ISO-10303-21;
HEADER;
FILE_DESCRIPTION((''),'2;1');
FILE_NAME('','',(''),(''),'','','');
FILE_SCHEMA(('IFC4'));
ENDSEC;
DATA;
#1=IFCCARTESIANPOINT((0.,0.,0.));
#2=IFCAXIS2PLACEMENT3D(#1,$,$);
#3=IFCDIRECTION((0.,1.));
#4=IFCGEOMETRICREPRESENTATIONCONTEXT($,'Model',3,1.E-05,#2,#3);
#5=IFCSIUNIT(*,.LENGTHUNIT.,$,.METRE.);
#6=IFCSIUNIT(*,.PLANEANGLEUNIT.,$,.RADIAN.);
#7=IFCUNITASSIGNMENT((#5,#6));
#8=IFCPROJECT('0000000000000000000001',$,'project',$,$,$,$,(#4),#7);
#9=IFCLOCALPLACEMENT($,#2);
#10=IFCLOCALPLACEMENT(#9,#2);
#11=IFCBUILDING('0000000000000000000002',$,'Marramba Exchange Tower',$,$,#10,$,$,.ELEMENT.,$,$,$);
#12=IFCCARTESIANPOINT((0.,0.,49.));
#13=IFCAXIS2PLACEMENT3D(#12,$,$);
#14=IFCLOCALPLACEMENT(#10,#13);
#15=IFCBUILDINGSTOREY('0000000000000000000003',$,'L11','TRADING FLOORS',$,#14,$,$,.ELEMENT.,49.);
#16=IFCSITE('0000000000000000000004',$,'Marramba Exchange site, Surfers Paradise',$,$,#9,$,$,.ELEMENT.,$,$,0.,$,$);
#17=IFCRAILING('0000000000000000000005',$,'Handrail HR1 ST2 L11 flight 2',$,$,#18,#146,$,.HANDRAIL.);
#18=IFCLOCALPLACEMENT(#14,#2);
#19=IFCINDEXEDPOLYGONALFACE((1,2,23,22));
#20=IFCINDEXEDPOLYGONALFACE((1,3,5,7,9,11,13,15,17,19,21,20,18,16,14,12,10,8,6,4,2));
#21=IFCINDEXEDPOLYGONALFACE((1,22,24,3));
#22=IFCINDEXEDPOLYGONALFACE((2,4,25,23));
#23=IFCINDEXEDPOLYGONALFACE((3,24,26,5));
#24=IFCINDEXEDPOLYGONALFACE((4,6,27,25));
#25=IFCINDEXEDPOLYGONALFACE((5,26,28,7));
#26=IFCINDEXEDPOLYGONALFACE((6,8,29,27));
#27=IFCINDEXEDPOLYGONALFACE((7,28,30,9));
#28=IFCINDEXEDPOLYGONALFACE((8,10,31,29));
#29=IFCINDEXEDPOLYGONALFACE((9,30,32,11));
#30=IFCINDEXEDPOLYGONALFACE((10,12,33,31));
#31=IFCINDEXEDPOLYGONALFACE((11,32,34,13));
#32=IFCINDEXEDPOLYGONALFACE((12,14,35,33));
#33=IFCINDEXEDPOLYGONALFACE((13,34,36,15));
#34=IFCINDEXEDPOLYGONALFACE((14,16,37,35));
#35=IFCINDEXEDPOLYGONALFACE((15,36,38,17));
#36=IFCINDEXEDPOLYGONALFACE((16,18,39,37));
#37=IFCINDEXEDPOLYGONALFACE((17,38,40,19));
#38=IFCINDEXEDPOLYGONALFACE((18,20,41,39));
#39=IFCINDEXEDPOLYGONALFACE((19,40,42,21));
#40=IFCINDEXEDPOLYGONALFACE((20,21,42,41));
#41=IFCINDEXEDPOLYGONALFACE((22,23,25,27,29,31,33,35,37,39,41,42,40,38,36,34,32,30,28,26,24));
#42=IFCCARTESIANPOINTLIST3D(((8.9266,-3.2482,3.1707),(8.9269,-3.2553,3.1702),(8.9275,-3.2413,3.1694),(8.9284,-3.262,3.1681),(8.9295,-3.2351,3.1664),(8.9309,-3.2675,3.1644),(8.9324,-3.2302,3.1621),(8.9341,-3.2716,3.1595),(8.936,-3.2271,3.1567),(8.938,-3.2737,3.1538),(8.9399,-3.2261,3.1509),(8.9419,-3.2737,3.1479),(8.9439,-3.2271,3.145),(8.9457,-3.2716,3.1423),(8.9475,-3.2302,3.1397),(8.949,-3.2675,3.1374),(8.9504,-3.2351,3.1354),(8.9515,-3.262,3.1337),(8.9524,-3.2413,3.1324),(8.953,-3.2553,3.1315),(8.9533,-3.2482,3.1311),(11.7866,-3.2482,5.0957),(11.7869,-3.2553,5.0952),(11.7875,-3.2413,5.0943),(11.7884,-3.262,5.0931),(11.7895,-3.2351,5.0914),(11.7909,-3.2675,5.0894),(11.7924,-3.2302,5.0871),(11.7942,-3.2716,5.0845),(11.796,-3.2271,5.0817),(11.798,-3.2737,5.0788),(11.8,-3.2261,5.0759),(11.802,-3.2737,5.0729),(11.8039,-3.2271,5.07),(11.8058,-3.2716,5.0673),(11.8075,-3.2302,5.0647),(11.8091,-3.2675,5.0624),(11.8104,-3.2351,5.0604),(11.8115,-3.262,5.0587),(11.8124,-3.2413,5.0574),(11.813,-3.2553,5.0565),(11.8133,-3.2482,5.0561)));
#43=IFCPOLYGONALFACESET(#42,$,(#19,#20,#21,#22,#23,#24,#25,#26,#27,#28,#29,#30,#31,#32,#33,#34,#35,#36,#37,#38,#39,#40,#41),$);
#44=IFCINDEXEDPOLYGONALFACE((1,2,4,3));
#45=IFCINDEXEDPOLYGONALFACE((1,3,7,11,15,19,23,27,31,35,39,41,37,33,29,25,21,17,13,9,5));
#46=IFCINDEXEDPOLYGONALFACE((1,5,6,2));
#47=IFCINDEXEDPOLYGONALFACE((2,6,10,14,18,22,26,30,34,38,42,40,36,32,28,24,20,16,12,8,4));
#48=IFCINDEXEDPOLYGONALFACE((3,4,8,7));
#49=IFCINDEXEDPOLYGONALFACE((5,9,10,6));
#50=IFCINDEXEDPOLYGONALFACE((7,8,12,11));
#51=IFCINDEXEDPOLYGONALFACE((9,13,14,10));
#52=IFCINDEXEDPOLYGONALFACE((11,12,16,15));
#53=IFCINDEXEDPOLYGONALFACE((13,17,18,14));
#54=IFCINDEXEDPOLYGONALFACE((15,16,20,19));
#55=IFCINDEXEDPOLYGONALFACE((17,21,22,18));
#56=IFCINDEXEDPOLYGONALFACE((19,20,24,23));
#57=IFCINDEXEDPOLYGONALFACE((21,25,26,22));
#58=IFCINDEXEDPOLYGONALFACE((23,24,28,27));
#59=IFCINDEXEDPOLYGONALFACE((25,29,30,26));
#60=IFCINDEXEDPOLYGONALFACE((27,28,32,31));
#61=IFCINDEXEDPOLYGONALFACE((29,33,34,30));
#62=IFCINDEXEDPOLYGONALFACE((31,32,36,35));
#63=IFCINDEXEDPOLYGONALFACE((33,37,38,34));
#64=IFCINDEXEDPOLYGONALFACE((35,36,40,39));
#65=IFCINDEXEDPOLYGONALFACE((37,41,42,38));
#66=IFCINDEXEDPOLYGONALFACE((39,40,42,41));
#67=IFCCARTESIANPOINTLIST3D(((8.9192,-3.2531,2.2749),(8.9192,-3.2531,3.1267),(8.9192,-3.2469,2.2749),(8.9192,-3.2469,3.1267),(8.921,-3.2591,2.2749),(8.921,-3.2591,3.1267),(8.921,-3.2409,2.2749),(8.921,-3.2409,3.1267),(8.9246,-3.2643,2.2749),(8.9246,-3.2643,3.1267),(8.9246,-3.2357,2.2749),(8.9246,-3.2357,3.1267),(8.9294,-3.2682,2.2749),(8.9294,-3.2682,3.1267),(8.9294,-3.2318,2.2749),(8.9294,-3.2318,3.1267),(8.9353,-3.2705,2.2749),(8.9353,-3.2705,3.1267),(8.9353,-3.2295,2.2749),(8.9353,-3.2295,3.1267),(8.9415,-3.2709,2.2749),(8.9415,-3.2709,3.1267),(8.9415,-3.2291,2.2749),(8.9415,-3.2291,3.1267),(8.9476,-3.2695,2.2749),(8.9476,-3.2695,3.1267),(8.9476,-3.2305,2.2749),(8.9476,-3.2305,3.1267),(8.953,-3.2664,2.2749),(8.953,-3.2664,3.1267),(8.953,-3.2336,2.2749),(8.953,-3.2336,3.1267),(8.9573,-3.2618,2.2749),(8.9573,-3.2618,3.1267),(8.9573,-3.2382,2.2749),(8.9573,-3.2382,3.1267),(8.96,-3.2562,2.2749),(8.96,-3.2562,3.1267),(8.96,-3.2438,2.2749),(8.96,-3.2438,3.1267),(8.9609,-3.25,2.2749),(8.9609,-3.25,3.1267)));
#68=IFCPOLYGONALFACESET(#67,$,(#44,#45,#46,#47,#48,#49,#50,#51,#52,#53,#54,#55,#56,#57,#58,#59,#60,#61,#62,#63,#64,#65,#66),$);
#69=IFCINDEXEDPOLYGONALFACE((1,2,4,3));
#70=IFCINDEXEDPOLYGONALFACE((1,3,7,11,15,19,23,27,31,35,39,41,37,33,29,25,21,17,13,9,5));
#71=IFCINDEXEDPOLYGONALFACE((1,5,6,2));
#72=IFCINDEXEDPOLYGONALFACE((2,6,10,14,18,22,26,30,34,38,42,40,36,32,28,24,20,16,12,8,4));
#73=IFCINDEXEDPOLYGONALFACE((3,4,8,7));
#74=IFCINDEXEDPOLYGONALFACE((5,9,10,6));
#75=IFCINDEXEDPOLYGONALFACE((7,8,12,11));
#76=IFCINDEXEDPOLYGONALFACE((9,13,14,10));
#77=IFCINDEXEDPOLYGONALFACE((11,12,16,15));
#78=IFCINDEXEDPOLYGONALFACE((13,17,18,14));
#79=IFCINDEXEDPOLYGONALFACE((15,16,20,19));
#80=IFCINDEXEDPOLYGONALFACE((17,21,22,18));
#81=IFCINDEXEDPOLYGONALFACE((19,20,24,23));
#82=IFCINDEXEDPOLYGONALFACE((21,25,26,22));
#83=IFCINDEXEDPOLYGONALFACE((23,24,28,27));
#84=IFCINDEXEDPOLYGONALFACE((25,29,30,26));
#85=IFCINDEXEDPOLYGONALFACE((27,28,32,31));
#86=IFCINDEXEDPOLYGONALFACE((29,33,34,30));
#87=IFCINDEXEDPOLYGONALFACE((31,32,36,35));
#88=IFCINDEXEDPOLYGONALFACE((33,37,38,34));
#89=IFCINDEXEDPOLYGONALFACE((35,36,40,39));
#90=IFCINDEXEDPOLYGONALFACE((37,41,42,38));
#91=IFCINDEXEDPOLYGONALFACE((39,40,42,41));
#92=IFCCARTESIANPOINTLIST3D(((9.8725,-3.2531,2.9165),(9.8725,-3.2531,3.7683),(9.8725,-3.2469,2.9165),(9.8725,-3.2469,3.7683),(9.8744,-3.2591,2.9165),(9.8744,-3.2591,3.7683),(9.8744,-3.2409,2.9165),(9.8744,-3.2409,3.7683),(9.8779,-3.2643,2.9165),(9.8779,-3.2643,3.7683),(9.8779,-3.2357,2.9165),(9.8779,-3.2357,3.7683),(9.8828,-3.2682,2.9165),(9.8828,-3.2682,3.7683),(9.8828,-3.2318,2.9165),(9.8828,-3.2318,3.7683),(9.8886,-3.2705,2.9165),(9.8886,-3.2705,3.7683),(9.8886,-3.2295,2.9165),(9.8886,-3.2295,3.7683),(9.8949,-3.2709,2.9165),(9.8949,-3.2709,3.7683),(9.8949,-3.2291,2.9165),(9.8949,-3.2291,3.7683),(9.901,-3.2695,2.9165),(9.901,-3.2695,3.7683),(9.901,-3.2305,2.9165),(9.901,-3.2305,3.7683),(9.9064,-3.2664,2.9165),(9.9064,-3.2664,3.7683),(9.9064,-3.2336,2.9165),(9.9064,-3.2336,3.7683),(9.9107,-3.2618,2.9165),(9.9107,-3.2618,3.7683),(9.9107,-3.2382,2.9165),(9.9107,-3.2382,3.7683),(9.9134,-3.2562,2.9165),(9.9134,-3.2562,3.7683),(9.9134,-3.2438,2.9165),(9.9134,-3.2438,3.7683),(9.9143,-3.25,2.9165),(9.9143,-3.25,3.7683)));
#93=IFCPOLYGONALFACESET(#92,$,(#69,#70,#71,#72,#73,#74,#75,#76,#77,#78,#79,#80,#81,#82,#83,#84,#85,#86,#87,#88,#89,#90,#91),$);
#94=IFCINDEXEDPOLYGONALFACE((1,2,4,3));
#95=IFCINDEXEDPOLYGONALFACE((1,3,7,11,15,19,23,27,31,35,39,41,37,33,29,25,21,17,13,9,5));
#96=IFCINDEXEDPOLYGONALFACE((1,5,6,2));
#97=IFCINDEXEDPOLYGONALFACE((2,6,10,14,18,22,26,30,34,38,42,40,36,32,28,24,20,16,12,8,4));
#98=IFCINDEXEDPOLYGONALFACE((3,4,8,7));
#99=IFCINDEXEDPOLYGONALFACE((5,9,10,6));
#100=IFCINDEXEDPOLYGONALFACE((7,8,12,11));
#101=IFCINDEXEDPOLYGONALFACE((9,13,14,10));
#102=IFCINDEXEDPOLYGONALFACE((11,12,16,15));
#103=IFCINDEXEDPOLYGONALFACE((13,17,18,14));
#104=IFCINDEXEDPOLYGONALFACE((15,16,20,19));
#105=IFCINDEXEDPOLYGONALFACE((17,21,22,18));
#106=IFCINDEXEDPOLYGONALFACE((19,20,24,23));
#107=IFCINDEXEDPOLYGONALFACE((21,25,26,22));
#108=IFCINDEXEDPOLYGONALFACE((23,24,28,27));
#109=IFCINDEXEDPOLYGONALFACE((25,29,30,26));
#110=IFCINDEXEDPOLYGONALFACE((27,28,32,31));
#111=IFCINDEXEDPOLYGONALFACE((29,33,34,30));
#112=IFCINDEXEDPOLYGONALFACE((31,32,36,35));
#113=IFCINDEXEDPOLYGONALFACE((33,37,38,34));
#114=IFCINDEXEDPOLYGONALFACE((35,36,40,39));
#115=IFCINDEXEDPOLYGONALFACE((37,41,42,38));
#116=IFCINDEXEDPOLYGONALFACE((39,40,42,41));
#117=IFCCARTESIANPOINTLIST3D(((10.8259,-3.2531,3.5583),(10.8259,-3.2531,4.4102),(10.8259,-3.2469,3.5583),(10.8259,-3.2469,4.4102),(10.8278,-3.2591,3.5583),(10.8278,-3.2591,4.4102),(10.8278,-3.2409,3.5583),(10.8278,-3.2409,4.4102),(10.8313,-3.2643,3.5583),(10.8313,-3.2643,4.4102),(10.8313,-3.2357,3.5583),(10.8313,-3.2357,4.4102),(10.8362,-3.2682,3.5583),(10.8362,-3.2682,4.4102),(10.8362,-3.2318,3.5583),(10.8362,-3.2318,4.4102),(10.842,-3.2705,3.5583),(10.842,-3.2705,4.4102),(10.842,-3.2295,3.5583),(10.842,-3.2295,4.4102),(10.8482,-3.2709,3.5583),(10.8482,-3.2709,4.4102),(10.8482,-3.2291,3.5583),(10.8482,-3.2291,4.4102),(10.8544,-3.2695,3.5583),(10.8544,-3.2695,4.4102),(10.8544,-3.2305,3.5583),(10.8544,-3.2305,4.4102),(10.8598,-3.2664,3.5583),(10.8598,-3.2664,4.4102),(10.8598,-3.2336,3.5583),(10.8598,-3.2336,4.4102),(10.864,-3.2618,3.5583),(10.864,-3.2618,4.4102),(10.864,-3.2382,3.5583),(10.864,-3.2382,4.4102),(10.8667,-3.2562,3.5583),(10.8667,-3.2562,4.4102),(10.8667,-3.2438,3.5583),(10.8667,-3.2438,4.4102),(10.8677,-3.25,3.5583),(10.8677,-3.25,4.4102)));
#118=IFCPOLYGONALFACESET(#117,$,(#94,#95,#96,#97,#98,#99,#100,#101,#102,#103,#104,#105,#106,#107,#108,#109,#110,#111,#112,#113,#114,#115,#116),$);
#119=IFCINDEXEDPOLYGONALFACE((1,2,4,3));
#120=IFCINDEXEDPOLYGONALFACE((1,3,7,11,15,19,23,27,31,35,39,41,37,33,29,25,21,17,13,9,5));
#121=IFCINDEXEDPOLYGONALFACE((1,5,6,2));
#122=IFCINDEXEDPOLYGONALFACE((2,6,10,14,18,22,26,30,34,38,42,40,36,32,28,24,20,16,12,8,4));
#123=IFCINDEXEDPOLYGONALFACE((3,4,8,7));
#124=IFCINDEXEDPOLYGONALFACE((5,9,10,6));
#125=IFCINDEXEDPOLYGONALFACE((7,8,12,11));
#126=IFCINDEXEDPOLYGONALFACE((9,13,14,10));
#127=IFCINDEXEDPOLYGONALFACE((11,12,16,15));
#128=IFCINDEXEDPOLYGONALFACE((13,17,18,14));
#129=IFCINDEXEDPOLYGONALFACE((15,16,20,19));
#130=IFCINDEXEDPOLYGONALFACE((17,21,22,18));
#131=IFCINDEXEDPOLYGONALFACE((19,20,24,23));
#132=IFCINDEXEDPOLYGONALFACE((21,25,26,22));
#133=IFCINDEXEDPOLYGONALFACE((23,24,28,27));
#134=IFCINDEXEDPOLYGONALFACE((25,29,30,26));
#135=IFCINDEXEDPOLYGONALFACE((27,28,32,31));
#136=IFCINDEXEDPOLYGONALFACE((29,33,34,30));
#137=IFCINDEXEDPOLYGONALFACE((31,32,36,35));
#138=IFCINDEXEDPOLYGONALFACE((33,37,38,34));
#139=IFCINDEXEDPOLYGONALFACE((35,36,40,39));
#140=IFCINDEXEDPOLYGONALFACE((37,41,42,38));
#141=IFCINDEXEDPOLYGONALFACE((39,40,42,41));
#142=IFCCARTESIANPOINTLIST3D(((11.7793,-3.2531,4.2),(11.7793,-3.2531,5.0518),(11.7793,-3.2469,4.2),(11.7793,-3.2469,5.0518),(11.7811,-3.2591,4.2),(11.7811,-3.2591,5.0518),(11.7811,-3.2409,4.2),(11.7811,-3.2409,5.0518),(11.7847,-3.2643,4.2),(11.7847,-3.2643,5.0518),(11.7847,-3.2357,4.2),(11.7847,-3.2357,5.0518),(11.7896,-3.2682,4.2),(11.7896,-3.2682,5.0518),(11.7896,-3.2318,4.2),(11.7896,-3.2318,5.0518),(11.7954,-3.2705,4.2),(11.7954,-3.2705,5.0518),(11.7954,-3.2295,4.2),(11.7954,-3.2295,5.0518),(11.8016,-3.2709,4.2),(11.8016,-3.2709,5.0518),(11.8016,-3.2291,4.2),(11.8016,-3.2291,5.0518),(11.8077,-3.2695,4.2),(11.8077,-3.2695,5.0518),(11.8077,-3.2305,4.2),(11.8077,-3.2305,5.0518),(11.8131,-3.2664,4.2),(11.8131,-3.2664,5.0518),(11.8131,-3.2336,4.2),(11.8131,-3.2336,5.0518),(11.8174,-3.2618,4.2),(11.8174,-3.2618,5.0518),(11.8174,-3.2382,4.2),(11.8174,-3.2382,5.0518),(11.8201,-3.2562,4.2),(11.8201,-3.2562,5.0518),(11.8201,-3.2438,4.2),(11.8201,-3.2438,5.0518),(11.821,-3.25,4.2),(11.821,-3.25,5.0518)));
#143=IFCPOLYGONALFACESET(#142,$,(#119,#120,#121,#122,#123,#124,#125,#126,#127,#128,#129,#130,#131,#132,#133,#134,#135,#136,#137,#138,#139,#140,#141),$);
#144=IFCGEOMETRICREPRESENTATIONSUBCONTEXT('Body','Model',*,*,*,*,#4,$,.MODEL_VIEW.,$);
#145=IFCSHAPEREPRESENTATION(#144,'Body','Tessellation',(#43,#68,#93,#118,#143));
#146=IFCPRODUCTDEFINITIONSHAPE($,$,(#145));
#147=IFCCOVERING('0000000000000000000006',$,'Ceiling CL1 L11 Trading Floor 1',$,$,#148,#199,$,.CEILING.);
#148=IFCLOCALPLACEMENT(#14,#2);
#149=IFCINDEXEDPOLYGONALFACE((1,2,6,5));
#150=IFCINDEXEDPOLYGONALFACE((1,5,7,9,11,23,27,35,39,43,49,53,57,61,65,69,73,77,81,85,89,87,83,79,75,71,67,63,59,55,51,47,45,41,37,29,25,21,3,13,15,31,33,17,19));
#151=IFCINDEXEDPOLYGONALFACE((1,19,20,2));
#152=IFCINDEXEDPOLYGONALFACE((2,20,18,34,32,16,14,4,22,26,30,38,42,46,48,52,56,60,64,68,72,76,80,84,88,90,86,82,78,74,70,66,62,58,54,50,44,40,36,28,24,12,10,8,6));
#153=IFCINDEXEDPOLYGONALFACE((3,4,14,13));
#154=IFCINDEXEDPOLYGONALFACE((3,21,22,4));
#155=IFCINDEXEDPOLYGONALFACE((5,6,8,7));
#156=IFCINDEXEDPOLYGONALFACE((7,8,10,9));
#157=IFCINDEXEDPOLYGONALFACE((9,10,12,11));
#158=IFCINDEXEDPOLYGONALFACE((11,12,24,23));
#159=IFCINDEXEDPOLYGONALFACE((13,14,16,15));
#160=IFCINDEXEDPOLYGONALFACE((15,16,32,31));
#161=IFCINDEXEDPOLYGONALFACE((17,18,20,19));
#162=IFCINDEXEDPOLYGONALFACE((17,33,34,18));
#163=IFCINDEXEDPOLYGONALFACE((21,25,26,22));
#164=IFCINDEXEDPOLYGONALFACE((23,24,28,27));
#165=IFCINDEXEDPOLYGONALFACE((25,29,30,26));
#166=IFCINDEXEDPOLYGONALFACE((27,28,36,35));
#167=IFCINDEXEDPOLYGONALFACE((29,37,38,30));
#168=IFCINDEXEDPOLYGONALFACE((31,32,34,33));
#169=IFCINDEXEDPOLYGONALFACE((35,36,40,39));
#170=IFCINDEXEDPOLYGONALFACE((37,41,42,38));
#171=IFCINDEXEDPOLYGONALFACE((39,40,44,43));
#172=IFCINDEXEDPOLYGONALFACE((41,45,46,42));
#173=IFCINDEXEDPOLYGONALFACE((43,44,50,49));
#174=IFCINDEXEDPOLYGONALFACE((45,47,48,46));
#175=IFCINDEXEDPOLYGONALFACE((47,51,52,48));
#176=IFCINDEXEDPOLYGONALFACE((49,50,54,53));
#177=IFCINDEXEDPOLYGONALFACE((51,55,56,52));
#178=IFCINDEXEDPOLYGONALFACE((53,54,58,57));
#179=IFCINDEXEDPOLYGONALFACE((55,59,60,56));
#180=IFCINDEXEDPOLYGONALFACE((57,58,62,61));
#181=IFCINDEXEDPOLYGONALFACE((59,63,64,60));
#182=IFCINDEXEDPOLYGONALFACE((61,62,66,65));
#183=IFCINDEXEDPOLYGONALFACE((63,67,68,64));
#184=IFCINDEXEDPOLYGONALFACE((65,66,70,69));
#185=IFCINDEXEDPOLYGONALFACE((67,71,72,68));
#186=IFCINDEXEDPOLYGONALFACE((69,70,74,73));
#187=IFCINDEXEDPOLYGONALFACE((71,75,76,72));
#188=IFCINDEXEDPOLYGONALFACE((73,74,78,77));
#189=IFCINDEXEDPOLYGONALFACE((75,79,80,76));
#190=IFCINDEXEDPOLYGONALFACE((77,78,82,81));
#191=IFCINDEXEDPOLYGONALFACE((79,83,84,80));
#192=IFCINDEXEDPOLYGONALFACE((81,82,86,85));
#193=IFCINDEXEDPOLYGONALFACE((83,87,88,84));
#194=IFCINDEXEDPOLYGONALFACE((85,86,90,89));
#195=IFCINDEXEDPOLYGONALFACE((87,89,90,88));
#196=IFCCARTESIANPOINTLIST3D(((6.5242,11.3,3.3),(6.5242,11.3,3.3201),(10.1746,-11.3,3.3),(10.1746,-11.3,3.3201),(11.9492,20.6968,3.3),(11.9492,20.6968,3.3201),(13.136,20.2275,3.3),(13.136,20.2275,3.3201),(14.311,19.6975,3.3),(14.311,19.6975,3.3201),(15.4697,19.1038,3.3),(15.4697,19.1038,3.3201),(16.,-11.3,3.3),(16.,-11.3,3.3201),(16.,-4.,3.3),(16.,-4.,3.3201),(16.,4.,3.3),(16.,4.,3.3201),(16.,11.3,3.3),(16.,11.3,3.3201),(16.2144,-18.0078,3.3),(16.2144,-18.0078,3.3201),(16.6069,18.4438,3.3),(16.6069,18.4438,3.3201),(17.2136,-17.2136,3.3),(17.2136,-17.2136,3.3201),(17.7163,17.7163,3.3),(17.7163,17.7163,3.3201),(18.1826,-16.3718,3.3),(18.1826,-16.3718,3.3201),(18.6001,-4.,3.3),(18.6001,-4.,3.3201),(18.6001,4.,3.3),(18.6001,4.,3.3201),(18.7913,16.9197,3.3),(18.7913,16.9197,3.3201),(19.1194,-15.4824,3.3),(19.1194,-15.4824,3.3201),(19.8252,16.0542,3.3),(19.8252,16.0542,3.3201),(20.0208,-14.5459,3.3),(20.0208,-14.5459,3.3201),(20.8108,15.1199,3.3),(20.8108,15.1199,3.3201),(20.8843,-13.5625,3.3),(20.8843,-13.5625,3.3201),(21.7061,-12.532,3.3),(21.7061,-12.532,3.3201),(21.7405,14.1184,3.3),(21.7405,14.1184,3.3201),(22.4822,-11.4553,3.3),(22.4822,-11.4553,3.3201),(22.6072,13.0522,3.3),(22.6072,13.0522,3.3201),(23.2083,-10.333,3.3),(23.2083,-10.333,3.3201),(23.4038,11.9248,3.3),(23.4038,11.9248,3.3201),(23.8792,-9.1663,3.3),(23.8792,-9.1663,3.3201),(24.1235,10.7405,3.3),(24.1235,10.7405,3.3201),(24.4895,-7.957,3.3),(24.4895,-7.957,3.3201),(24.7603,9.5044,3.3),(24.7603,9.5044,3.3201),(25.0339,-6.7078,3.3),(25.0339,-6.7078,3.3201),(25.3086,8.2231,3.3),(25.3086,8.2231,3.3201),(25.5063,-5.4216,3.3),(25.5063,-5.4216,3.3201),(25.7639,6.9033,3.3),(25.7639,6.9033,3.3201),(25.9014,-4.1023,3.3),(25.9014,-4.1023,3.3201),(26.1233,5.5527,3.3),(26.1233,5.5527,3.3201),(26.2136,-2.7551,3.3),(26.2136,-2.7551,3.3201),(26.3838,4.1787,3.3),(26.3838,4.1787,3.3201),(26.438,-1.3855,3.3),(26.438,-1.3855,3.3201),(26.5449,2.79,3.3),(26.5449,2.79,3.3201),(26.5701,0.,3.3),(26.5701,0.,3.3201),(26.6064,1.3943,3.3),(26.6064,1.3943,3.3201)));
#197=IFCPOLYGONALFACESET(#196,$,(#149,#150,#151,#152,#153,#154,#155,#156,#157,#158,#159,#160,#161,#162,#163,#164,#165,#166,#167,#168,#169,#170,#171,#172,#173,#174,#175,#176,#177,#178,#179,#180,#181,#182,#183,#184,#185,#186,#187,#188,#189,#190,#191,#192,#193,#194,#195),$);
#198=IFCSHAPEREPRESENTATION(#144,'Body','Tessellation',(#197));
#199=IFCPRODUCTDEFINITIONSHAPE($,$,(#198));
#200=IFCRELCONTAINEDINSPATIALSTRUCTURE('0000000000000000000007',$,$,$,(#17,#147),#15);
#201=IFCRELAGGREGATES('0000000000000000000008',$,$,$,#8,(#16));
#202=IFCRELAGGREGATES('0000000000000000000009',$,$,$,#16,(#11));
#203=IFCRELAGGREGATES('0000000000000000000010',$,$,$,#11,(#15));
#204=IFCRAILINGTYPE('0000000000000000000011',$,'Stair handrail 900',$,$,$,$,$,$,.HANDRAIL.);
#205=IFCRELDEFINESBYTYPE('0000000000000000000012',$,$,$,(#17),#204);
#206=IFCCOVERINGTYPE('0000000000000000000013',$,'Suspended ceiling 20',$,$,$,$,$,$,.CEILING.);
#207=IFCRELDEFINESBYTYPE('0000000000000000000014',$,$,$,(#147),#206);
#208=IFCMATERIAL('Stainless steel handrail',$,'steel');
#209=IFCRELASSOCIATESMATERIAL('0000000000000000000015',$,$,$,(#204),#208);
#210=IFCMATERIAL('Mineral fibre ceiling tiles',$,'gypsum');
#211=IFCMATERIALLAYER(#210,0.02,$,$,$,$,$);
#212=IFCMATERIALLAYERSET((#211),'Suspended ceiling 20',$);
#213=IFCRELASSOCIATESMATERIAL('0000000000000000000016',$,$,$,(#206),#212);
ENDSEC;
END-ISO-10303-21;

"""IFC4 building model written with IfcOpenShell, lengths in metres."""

from ifc_helpers import new_model, si_unit, direction, frame, origin, origin_2d, place, context, subcontext, project, spatial, polyline, circle, outline, extrude, material, layer, layer_set, type_object, element, save


model = new_model("IFC4")

# Units and contexts
model_context = context("Model", 3, precision=1e-05, world=origin(), true_north=direction((0.0, 1.0)))
body_context = subcontext(model_context, "Body", "Model", "MODEL_VIEW")
ifc_project = project(units=[si_unit("LENGTHUNIT", "METRE"), si_unit("PLANEANGLEUNIT", "RADIAN")], contexts=[model_context])

# Site, building, storey
site_placement = place(None, origin())
site = spatial("IfcSite", under=ifc_project, at=site_placement, Name="Marramba Exchange site, Surfers Paradise", CompositionType="ELEMENT", RefElevation=0.0)
building_placement = place(site_placement, origin())
building = spatial("IfcBuilding", under=site, at=building_placement, Name="Marramba Exchange Tower", CompositionType="ELEMENT")
storey_placement = place(building_placement, frame((0.0, 0.0, 49.0)))
storey = spatial("IfcBuildingStorey", under=building, at=storey_placement, Name="L11", Description="TRADING FLOORS", CompositionType="ELEMENT", Elevation=49.0)

# Railing
ifc_material_1 = material(Name="Stainless steel handrail", Category="steel")
railing_type = type_object("IfcRailingType", Name="Stair handrail 900", PredefinedType="HANDRAIL", material=ifc_material_1)
railing_placement = place(storey_placement, frame((8.9399, -3.25, 2.2749)))
element("IfcRailing", 1, at=railing_placement, inside=storey, type_object=railing_type, Name="Handrail HR1 ST2 L11 flight 2", PredefinedType="HANDRAIL", context=body_context, shape_type="SweptSolid", body=[
    extrude(circle(Radius=0.0239, at=origin_2d()), frame((0.0, 0.0, 0.876), z_axis=(0.829591, 0.0, 0.558372), x_axis=(0.0, 1.0, 0.0)), (0.0, 0.0, 1.0), 3.4475),
    extrude(circle(Radius=0.021, at=origin_2d()), origin(), (0.0, 0.0, 1.0), 0.8518),
    extrude(circle(Radius=0.021, at=origin_2d()), frame((0.9534, 0.0, 0.6416)), (0.0, 0.0, 1.0), 0.8518),
    extrude(circle(Radius=0.021, at=origin_2d()), frame((1.9067, 0.0, 1.2834)), (0.0, 0.0, 1.0), 0.8518),
    extrude(circle(Radius=0.021, at=origin_2d()), frame((2.8601, 0.0, 1.925)), (0.0, 0.0, 1.0), 0.8518),
])

# Covering
ifc_material_2 = material(Name="Mineral fibre ceiling tiles", Category="gypsum")
ifc_layer_1 = layer(ifc_material_2, 0.02)
ifc_layer_set_1 = layer_set([ifc_layer_1], Name="Suspended ceiling 20")
covering_type_1 = type_object("IfcCoveringType", Name="Suspended ceiling 20", PredefinedType="CEILING", material=ifc_layer_set_1)
covering_1_placement = place(storey_placement, frame((0.0, 0.0, 3.3)))
element("IfcCovering", 2, at=covering_1_placement, inside=storey, type_object=covering_type_1, Name="Ceiling CL1 L11 Trading Floor 1", PredefinedType="CEILING", context=body_context, shape_type="SweptSolid", body=[
    extrude(outline(polyline([(16.0, -4.0), (18.6001, -4.0), (18.6001, 4.0), (16.0, 4.0), (16.0, 11.3), (6.5242, 11.3), (11.9492, 20.6968), (13.136, 20.2275), (14.311, 19.6975), (15.4697, 19.1038), (16.6069, 18.4438), (17.7163, 17.7163), (18.7913, 16.9197), (19.8252, 16.0542), (20.8108, 15.1199), (21.7405, 14.1184), (22.6072, 13.0522), (23.4038, 11.9248), (24.1235, 10.7405), (24.7603, 9.5044), (25.3086, 8.2231), (25.7639, 6.9033), (26.1233, 5.5527), (26.3838, 4.1787), (26.5449, 2.79), (26.6064, 1.3943), (26.5701, 0.0), (26.438, -1.3855), (26.2136, -2.7551), (25.9014, -4.1023), (25.5063, -5.4216), (25.0339, -6.7078), (24.4895, -7.957), (23.8792, -9.1663), (23.2083, -10.333), (22.4822, -11.4553), (21.7061, -12.532), (20.8843, -13.5625), (20.0208, -14.5459), (19.1194, -15.4824), (18.1826, -16.3718), (17.2136, -17.2136), (16.2144, -18.0078), (10.1746, -11.3), (16.0, -11.3), (16.0, -4.0)])), origin(), (0.0, 0.0, 1.0), 0.02),
])

save(model, "model.ifc")
